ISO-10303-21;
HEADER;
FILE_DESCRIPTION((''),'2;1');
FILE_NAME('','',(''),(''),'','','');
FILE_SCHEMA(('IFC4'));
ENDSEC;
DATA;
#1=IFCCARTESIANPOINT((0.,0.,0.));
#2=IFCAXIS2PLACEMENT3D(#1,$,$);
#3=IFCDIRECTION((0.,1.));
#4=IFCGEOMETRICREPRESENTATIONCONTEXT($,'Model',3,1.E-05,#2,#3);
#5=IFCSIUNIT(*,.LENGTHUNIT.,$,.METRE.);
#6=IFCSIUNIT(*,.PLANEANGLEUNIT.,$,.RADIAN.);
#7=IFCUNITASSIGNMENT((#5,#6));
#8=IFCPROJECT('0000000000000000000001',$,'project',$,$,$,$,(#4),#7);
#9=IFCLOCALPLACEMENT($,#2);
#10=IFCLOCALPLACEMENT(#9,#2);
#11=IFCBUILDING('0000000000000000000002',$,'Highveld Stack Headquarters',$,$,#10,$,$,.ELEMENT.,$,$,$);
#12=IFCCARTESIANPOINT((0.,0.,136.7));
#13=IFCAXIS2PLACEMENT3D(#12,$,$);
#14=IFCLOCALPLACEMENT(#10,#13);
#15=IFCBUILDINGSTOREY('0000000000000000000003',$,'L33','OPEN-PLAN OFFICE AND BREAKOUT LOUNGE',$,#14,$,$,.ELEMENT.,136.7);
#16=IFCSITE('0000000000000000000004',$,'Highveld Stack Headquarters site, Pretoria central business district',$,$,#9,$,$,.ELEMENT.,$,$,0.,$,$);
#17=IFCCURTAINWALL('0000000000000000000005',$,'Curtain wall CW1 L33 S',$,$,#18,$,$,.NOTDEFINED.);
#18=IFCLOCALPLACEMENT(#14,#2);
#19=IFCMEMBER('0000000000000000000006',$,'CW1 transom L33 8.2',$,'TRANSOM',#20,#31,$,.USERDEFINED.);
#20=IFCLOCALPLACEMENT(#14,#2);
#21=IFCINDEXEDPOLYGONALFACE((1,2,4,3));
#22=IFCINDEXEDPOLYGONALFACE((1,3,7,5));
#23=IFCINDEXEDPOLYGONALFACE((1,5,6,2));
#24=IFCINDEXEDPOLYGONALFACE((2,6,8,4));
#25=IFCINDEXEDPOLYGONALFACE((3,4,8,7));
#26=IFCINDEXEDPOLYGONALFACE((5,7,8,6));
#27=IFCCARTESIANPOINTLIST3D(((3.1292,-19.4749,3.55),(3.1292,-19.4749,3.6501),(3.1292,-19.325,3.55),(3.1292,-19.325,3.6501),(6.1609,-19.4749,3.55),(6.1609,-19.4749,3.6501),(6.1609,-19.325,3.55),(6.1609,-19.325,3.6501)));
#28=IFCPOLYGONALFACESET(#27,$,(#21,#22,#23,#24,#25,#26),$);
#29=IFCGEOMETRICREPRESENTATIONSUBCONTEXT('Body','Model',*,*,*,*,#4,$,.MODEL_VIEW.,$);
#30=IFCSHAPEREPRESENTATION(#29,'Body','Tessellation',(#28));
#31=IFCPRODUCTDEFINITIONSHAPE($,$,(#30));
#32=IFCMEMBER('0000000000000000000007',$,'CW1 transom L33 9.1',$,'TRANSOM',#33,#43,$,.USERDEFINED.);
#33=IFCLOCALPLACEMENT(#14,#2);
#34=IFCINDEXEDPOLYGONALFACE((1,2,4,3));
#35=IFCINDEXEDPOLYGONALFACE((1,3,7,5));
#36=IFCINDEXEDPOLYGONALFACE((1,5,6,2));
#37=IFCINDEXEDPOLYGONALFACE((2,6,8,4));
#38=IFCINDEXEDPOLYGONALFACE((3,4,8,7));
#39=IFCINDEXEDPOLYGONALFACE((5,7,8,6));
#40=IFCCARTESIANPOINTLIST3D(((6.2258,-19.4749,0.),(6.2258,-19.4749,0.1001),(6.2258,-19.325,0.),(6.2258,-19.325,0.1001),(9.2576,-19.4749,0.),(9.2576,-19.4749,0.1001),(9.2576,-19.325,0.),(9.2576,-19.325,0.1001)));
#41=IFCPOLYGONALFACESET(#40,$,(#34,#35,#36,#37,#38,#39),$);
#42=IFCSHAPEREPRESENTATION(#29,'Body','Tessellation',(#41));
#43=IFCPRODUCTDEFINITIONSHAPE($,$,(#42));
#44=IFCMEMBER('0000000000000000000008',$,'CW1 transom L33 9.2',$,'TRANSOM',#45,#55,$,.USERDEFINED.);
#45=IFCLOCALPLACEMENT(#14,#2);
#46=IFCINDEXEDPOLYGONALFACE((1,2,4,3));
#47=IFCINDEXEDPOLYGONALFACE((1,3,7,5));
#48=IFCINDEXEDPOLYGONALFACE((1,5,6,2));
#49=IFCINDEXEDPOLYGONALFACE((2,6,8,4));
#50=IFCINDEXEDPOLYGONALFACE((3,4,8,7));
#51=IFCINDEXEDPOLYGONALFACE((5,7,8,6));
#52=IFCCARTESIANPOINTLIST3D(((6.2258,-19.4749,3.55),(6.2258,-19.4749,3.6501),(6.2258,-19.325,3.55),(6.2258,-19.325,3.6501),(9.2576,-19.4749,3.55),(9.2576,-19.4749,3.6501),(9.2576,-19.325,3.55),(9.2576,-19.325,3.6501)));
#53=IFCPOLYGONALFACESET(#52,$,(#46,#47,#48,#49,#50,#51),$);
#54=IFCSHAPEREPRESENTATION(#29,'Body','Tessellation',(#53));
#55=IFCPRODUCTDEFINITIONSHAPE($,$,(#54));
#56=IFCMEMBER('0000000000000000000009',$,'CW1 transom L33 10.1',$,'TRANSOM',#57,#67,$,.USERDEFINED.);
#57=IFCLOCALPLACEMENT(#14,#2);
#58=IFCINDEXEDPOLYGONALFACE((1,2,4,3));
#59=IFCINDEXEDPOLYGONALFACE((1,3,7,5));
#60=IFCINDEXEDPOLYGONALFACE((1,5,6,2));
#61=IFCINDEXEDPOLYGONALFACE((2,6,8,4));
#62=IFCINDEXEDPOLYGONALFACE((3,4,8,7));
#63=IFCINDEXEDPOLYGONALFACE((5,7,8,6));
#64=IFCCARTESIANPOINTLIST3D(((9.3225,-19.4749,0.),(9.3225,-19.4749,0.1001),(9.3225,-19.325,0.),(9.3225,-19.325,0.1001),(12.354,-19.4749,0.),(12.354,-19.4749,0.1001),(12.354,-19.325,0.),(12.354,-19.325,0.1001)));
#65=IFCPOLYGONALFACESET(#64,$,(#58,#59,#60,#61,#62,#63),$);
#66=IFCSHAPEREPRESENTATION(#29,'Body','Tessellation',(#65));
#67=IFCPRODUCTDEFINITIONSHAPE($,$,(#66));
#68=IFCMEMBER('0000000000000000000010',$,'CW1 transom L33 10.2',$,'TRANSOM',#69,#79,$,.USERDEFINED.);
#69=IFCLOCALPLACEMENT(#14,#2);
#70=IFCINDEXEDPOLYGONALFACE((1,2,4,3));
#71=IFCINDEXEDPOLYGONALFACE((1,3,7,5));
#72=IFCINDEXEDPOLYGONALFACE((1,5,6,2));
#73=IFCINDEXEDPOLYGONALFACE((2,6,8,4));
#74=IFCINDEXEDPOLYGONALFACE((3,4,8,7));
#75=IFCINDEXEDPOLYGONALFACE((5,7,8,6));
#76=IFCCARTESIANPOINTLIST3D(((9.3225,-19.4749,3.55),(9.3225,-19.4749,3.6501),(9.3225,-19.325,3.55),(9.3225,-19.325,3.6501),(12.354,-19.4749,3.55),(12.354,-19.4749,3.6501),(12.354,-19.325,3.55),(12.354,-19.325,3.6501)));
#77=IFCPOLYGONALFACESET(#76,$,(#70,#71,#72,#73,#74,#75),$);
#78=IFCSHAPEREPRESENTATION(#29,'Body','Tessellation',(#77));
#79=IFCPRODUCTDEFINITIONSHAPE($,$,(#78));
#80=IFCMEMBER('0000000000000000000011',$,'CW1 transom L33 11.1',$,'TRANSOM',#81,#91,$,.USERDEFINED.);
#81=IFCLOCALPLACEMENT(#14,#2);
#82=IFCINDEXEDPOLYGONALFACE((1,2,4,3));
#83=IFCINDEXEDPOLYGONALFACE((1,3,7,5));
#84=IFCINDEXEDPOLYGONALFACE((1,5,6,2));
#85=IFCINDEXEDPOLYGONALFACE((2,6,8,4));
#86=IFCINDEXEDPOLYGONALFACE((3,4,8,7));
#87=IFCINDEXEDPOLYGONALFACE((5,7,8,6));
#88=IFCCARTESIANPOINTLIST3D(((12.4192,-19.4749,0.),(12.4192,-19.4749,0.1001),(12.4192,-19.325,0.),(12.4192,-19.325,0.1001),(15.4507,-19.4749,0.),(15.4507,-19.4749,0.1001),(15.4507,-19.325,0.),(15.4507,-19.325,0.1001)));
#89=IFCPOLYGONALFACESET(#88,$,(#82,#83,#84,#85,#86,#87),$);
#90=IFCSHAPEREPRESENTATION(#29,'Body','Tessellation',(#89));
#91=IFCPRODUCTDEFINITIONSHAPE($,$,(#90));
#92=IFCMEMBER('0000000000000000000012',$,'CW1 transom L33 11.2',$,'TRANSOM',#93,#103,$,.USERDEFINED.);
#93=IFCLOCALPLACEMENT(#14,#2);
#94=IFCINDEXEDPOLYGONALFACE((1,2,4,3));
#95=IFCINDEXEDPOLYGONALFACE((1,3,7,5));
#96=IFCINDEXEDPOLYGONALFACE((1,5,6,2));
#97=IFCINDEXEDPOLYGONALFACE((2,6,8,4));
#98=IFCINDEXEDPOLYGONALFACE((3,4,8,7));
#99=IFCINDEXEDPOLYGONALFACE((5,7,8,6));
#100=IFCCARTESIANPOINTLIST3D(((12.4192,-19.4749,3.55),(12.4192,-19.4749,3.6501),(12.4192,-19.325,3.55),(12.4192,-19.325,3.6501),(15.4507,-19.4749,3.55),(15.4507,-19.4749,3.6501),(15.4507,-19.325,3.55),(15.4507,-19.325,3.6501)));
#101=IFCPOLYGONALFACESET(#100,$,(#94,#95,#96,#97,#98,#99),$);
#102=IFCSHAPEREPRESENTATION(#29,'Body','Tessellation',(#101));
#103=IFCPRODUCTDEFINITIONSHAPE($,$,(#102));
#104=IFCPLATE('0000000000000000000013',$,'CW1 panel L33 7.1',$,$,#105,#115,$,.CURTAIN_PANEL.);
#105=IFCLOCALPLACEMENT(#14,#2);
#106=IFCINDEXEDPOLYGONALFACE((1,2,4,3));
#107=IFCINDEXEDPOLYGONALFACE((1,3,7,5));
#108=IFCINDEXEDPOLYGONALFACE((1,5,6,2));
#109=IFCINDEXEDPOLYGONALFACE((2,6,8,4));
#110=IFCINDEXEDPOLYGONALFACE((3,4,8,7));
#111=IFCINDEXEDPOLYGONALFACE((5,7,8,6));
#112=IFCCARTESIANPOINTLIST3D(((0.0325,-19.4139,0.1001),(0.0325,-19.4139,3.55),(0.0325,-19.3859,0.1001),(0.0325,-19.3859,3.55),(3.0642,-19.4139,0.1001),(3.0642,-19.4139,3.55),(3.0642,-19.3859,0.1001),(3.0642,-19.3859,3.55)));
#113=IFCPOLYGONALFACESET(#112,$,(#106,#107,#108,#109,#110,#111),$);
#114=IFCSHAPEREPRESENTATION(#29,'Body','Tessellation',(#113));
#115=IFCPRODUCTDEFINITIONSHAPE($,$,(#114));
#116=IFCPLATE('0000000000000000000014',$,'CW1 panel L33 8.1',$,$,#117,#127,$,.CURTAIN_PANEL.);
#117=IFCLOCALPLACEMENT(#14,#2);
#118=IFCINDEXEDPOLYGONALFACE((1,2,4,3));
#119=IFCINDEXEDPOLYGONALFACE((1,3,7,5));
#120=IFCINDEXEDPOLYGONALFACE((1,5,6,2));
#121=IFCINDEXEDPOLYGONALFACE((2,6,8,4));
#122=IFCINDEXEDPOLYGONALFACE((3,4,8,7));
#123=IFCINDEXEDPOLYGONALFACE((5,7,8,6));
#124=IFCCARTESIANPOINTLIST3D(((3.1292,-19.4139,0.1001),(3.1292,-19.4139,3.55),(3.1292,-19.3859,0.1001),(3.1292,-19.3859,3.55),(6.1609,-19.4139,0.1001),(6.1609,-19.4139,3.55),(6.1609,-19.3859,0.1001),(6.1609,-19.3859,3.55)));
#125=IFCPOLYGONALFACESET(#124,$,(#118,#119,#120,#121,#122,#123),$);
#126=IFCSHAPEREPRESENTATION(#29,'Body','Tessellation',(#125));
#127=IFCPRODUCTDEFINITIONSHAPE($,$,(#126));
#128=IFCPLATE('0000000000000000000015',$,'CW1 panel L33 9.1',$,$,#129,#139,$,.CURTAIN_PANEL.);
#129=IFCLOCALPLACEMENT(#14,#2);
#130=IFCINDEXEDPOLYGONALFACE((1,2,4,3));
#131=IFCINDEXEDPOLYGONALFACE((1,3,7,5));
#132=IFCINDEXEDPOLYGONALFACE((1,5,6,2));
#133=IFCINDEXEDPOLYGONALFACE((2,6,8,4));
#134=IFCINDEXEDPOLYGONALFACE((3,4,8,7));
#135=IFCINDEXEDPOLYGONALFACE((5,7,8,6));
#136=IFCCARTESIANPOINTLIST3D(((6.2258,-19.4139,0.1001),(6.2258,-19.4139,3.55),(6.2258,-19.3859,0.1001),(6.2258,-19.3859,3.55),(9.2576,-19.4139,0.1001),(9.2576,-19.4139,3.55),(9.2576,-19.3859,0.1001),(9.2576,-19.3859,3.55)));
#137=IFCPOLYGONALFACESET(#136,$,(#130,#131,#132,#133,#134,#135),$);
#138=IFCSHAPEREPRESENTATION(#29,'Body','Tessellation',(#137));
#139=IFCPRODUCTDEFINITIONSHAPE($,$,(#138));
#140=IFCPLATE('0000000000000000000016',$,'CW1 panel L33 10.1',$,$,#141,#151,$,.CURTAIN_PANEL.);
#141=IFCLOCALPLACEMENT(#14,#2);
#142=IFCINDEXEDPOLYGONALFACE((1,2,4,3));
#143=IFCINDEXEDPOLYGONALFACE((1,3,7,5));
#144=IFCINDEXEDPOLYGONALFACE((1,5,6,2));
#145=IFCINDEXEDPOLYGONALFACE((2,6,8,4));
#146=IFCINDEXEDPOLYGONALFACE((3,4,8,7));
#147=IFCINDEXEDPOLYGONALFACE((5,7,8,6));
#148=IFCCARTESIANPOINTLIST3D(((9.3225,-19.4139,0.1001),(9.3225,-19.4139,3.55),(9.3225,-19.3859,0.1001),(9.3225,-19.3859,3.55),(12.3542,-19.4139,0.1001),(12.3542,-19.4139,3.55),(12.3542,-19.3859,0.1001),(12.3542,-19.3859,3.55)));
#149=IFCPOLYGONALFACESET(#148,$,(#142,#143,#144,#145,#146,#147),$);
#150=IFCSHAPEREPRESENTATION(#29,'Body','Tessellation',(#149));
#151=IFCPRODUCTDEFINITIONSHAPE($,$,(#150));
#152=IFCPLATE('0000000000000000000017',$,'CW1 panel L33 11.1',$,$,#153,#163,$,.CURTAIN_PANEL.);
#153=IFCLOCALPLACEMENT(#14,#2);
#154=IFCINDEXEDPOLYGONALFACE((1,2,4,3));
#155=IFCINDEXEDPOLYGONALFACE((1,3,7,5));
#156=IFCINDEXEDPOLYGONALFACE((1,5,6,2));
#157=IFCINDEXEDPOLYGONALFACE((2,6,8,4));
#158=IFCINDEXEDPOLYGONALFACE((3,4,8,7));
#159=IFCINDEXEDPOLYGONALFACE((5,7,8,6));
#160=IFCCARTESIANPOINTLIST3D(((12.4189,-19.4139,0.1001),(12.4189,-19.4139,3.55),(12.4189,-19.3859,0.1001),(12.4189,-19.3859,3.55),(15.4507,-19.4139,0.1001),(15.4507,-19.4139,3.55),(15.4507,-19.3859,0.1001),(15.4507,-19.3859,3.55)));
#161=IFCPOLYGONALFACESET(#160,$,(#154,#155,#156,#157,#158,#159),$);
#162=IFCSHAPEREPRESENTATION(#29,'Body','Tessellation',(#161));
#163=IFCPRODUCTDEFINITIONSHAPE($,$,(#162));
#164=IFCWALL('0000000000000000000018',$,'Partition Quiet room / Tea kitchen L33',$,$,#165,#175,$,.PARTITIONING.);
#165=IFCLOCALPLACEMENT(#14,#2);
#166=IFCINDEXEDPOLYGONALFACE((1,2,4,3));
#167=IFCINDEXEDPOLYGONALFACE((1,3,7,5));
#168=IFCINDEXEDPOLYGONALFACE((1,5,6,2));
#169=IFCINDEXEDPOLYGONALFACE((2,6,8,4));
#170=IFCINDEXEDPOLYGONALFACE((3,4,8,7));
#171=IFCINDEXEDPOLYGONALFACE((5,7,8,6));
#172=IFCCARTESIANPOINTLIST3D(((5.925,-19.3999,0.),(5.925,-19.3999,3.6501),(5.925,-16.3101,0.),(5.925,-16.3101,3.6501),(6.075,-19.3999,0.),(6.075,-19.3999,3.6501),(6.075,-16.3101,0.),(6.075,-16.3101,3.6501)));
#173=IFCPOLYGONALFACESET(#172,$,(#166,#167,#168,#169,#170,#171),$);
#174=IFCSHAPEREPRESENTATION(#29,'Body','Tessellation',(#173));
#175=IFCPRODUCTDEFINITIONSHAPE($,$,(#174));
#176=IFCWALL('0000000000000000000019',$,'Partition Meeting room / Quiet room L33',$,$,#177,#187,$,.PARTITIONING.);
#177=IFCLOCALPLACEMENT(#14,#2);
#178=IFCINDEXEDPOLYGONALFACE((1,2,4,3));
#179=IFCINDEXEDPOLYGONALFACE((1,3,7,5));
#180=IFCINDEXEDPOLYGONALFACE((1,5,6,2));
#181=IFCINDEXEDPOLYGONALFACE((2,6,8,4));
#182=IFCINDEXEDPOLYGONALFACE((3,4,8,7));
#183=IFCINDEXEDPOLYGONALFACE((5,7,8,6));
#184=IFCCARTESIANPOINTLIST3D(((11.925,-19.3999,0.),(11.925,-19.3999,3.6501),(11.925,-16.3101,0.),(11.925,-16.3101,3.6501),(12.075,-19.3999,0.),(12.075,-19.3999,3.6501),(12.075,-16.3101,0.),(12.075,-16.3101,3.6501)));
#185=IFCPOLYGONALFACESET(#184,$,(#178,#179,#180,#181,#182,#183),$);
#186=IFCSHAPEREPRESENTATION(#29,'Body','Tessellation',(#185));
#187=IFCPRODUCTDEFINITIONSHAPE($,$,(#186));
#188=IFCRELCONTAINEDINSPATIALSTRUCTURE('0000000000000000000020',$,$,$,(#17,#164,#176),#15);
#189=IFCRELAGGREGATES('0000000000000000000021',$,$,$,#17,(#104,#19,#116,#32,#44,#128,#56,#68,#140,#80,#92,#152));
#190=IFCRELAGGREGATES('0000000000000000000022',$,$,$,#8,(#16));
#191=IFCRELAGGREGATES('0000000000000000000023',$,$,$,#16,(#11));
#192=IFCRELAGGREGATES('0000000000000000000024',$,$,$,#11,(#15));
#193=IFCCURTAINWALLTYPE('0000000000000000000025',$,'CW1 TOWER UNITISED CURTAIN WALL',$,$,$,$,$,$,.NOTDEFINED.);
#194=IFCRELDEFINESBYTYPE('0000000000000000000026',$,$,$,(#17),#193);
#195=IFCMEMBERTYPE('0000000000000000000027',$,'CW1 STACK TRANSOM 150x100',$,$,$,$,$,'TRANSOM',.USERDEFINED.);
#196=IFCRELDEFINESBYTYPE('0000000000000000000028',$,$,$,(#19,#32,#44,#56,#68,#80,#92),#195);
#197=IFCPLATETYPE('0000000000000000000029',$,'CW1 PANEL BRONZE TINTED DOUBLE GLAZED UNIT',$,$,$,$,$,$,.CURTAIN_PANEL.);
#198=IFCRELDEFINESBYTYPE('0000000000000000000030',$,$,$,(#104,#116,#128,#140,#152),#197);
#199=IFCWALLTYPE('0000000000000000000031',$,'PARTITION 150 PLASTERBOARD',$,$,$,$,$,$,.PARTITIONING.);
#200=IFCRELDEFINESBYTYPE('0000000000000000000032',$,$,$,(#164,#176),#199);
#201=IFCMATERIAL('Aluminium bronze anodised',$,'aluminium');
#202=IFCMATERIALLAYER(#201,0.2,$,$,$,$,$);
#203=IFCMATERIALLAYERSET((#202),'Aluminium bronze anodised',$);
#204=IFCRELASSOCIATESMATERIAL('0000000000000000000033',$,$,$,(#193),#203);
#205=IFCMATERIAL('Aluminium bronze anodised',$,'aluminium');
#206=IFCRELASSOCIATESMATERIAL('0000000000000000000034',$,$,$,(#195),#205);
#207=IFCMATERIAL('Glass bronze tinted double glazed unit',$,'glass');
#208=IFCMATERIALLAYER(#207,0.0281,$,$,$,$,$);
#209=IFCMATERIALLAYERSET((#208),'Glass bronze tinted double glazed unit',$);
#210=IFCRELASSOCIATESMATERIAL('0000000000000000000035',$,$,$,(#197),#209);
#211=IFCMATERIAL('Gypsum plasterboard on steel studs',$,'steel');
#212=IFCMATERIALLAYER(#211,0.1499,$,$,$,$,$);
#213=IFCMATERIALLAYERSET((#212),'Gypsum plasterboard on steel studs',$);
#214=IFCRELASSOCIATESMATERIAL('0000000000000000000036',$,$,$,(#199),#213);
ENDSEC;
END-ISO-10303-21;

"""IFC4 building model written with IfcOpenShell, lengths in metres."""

from ifc_helpers import new_model, si_unit, direction, frame, frame_2d, origin, origin_2d, place, context, subcontext, project, spatial, rectangle, extrude, material, layer, layer_set, material_profile, profile_set, type_object, element, aggregate, save


model = new_model("IFC4")

# Units and contexts
model_context = context("Model", 3, precision=1e-05, world=origin(), true_north=direction((0.0, 1.0)))
body_context = subcontext(model_context, "Body", "Model", "MODEL_VIEW")
ifc_project = project(units=[si_unit("LENGTHUNIT", "METRE"), si_unit("PLANEANGLEUNIT", "RADIAN")], contexts=[model_context])

# Site, building, storey
site_placement = place(None, origin())
site = spatial("IfcSite", under=ifc_project, at=site_placement, Name="Highveld Stack Headquarters site, Pretoria central business district", CompositionType="ELEMENT", RefElevation=0.0)
building_placement = place(site_placement, origin())
building = spatial("IfcBuilding", under=site, at=building_placement, Name="Highveld Stack Headquarters", CompositionType="ELEMENT")
storey_placement = place(building_placement, frame((0.0, 0.0, 136.7)))
storey = spatial("IfcBuildingStorey", under=building, at=storey_placement, Name="L33", Description="OPEN-PLAN OFFICE AND BREAKOUT LOUNGE", CompositionType="ELEMENT", Elevation=136.7)

# Curtain wall, members, plates
ifc_material_1 = material(Name="Aluminium bronze anodised", Category="aluminium")
ifc_layer_1 = layer(ifc_material_1, 0.2)
ifc_layer_set_1 = layer_set([ifc_layer_1], Name="Aluminium bronze anodised")
curtain_wall_type = type_object("IfcCurtainWallType", Name="CW1 TOWER UNITISED CURTAIN WALL", PredefinedType="NOTDEFINED", material=ifc_layer_set_1)
curtain_wall_placement = place(storey_placement, origin())
curtain_wall = element("IfcCurtainWall", 1, at=curtain_wall_placement, inside=storey, type_object=curtain_wall_type, Name="Curtain wall CW1 L33 S", PredefinedType="NOTDEFINED")
ifc_material_2 = material(Name="Aluminium bronze anodised", Category="aluminium")
ifc_material_profile_1 = material_profile(ifc_material_2, rectangle(XDim=0.1499, YDim=0.1001, at=origin_2d()), Name="CW1 TRANSOM 150x100")
ifc_profile_set_1 = profile_set([ifc_material_profile_1], Name="Aluminium bronze anodised")
member_type_1 = type_object("IfcMemberType", Name="CW1 STACK TRANSOM 150x100", ElementType="TRANSOM", PredefinedType="USERDEFINED", material=ifc_profile_set_1)
member_1_placement = place(storey_placement, frame((3.1292, -19.3999, 3.6001), z_axis=(1.0, 0.0, 0.0), x_axis=(0.0, 1.0, 0.0)))
member_1 = element("IfcMember", 2, at=member_1_placement, type_object=member_type_1, Name="CW1 transom L33 8.2", ObjectType="TRANSOM", PredefinedType="USERDEFINED", context=body_context, shape_type="SweptSolid", body=[
    extrude(rectangle(XDim=0.1499, YDim=0.1001, at=origin_2d()), origin(), (0.0, 0.0, 1.0), 3.0317),
])
member_2_placement = place(storey_placement, frame((6.2258, -19.3999, 0.05), z_axis=(1.0, 0.0, 0.0), x_axis=(0.0, 1.0, 0.0)))
member_2 = element("IfcMember", 3, at=member_2_placement, type_object=member_type_1, Name="CW1 transom L33 9.1", ObjectType="TRANSOM", PredefinedType="USERDEFINED", context=body_context, shape_type="SweptSolid", body=[
    extrude(rectangle(XDim=0.1499, YDim=0.1001, at=origin_2d()), origin(), (0.0, 0.0, 1.0), 3.0317),
])
member_3_placement = place(storey_placement, frame((6.2258, -19.3999, 3.6001), z_axis=(1.0, 0.0, 0.0), x_axis=(0.0, 1.0, 0.0)))
member_3 = element("IfcMember", 4, at=member_3_placement, type_object=member_type_1, Name="CW1 transom L33 9.2", ObjectType="TRANSOM", PredefinedType="USERDEFINED", context=body_context, shape_type="SweptSolid", body=[
    extrude(rectangle(XDim=0.1499, YDim=0.1001, at=origin_2d()), origin(), (0.0, 0.0, 1.0), 3.0317),
])
member_4_placement = place(storey_placement, frame((9.3225, -19.3999, 0.05), z_axis=(1.0, 0.0, 0.0), x_axis=(0.0, 1.0, 0.0)))
member_4 = element("IfcMember", 5, at=member_4_placement, type_object=member_type_1, Name="CW1 transom L33 10.1", ObjectType="TRANSOM", PredefinedType="USERDEFINED", context=body_context, shape_type="SweptSolid", body=[
    extrude(rectangle(XDim=0.1499, YDim=0.1001, at=origin_2d()), origin(), (0.0, 0.0, 1.0), 3.0315),
])
member_5_placement = place(storey_placement, frame((9.3225, -19.3999, 3.6001), z_axis=(1.0, 0.0, 0.0), x_axis=(0.0, 1.0, 0.0)))
member_5 = element("IfcMember", 6, at=member_5_placement, type_object=member_type_1, Name="CW1 transom L33 10.2", ObjectType="TRANSOM", PredefinedType="USERDEFINED", context=body_context, shape_type="SweptSolid", body=[
    extrude(rectangle(XDim=0.1499, YDim=0.1001, at=origin_2d()), origin(), (0.0, 0.0, 1.0), 3.0315),
])
member_6_placement = place(storey_placement, frame((12.4192, -19.3999, 0.05), z_axis=(1.0, 0.0, 0.0), x_axis=(0.0, 1.0, 0.0)))
member_6 = element("IfcMember", 7, at=member_6_placement, type_object=member_type_1, Name="CW1 transom L33 11.1", ObjectType="TRANSOM", PredefinedType="USERDEFINED", context=body_context, shape_type="SweptSolid", body=[
    extrude(rectangle(XDim=0.1499, YDim=0.1001, at=origin_2d()), origin(), (0.0, 0.0, 1.0), 3.0315),
])
member_7_placement = place(storey_placement, frame((12.4192, -19.3999, 3.6001), z_axis=(1.0, 0.0, 0.0), x_axis=(0.0, 1.0, 0.0)))
member_7 = element("IfcMember", 8, at=member_7_placement, type_object=member_type_1, Name="CW1 transom L33 11.2", ObjectType="TRANSOM", PredefinedType="USERDEFINED", context=body_context, shape_type="SweptSolid", body=[
    extrude(rectangle(XDim=0.1499, YDim=0.1001, at=origin_2d()), origin(), (0.0, 0.0, 1.0), 3.0315),
])
ifc_material_3 = material(Name="Glass bronze tinted double glazed unit", Category="glass")
ifc_layer_2 = layer(ifc_material_3, 0.0281)
ifc_layer_set_2 = layer_set([ifc_layer_2], Name="Glass bronze tinted double glazed unit")
plate_type = type_object("IfcPlateType", Name="CW1 PANEL BRONZE TINTED DOUBLE GLAZED UNIT", PredefinedType="CURTAIN_PANEL", material=ifc_layer_set_2)
plate_1_placement = place(storey_placement, frame((1.5483, -19.3999, 0.1001), z_axis=(0.0, 0.0, 1.0), x_axis=(1.0, 0.0, 0.0)))
plate_1 = element("IfcPlate", 9, at=plate_1_placement, type_object=plate_type, Name="CW1 panel L33 7.1", PredefinedType="CURTAIN_PANEL", context=body_context, shape_type="SweptSolid", body=[
    extrude(rectangle(XDim=3.0317, YDim=0.0281, at=origin_2d()), origin(), (0.0, 0.0, 1.0), 3.45),
])
plate_2_placement = place(storey_placement, frame((4.645, -19.3999, 0.1001), z_axis=(0.0, 0.0, 1.0), x_axis=(1.0, 0.0, 0.0)))
plate_2 = element("IfcPlate", 10, at=plate_2_placement, type_object=plate_type, Name="CW1 panel L33 8.1", PredefinedType="CURTAIN_PANEL", context=body_context, shape_type="SweptSolid", body=[
    extrude(rectangle(XDim=3.0317, YDim=0.0281, at=origin_2d()), origin(), (0.0, 0.0, 1.0), 3.45),
])
plate_3_placement = place(storey_placement, frame((7.7417, -19.3999, 0.1001), z_axis=(0.0, 0.0, 1.0), x_axis=(1.0, 0.0, 0.0)))
plate_3 = element("IfcPlate", 11, at=plate_3_placement, type_object=plate_type, Name="CW1 panel L33 9.1", PredefinedType="CURTAIN_PANEL", context=body_context, shape_type="SweptSolid", body=[
    extrude(rectangle(XDim=3.0317, YDim=0.0281, at=origin_2d()), origin(), (0.0, 0.0, 1.0), 3.45),
])
plate_4_placement = place(storey_placement, frame((10.8384, -19.3999, 0.1001), z_axis=(0.0, 0.0, 1.0), x_axis=(1.0, 0.0, 0.0)))
plate_4 = element("IfcPlate", 12, at=plate_4_placement, type_object=plate_type, Name="CW1 panel L33 10.1", PredefinedType="CURTAIN_PANEL", context=body_context, shape_type="SweptSolid", body=[
    extrude(rectangle(XDim=3.0317, YDim=0.0281, at=origin_2d()), origin(), (0.0, 0.0, 1.0), 3.45),
])
plate_5_placement = place(storey_placement, frame((13.9348, -19.3999, 0.1001), z_axis=(0.0, 0.0, 1.0), x_axis=(1.0, 0.0, 0.0)))
plate_5 = element("IfcPlate", 13, at=plate_5_placement, type_object=plate_type, Name="CW1 panel L33 11.1", PredefinedType="CURTAIN_PANEL", context=body_context, shape_type="SweptSolid", body=[
    extrude(rectangle(XDim=3.0317, YDim=0.0281, at=origin_2d()), origin(), (0.0, 0.0, 1.0), 3.45),
])
aggregate(curtain_wall, [plate_1, member_1, plate_2, member_2, member_3, plate_3, member_4, member_5, plate_4, member_6, member_7, plate_5])

# Walls
ifc_material_4 = material(Name="Gypsum plasterboard on steel studs", Category="steel")
ifc_layer_3 = layer(ifc_material_4, 0.1499)
ifc_layer_set_3 = layer_set([ifc_layer_3], Name="Gypsum plasterboard on steel studs")
wall_type = type_object("IfcWallType", Name="PARTITION 150 PLASTERBOARD", PredefinedType="PARTITIONING", material=ifc_layer_set_3)
for number, where, z_axis, x_axis, name in (
    (14, (6.0, -19.3999, 0.0), (0.0, 0.0, 1.0), (0.0, 1.0, 0.0), "Partition Quiet room / Tea kitchen L33"),
    (15, (12.0, -19.3999, 0.0), (0.0, 0.0, 1.0), (0.0, 1.0, 0.0), "Partition Meeting room / Quiet room L33"),
):
    element("IfcWall", number, at=place(storey_placement, frame(where, z_axis=z_axis, x_axis=x_axis)), inside=storey, type_object=wall_type, Name=name, PredefinedType="PARTITIONING", context=body_context, shape_type="SweptSolid", body=[
        extrude(rectangle(XDim=3.0898, YDim=0.1499, at=frame_2d((1.5449, 0.0))), origin(), (0.0, 0.0, 1.0), 3.6501),
    ])

save(model, "model.ifc")
